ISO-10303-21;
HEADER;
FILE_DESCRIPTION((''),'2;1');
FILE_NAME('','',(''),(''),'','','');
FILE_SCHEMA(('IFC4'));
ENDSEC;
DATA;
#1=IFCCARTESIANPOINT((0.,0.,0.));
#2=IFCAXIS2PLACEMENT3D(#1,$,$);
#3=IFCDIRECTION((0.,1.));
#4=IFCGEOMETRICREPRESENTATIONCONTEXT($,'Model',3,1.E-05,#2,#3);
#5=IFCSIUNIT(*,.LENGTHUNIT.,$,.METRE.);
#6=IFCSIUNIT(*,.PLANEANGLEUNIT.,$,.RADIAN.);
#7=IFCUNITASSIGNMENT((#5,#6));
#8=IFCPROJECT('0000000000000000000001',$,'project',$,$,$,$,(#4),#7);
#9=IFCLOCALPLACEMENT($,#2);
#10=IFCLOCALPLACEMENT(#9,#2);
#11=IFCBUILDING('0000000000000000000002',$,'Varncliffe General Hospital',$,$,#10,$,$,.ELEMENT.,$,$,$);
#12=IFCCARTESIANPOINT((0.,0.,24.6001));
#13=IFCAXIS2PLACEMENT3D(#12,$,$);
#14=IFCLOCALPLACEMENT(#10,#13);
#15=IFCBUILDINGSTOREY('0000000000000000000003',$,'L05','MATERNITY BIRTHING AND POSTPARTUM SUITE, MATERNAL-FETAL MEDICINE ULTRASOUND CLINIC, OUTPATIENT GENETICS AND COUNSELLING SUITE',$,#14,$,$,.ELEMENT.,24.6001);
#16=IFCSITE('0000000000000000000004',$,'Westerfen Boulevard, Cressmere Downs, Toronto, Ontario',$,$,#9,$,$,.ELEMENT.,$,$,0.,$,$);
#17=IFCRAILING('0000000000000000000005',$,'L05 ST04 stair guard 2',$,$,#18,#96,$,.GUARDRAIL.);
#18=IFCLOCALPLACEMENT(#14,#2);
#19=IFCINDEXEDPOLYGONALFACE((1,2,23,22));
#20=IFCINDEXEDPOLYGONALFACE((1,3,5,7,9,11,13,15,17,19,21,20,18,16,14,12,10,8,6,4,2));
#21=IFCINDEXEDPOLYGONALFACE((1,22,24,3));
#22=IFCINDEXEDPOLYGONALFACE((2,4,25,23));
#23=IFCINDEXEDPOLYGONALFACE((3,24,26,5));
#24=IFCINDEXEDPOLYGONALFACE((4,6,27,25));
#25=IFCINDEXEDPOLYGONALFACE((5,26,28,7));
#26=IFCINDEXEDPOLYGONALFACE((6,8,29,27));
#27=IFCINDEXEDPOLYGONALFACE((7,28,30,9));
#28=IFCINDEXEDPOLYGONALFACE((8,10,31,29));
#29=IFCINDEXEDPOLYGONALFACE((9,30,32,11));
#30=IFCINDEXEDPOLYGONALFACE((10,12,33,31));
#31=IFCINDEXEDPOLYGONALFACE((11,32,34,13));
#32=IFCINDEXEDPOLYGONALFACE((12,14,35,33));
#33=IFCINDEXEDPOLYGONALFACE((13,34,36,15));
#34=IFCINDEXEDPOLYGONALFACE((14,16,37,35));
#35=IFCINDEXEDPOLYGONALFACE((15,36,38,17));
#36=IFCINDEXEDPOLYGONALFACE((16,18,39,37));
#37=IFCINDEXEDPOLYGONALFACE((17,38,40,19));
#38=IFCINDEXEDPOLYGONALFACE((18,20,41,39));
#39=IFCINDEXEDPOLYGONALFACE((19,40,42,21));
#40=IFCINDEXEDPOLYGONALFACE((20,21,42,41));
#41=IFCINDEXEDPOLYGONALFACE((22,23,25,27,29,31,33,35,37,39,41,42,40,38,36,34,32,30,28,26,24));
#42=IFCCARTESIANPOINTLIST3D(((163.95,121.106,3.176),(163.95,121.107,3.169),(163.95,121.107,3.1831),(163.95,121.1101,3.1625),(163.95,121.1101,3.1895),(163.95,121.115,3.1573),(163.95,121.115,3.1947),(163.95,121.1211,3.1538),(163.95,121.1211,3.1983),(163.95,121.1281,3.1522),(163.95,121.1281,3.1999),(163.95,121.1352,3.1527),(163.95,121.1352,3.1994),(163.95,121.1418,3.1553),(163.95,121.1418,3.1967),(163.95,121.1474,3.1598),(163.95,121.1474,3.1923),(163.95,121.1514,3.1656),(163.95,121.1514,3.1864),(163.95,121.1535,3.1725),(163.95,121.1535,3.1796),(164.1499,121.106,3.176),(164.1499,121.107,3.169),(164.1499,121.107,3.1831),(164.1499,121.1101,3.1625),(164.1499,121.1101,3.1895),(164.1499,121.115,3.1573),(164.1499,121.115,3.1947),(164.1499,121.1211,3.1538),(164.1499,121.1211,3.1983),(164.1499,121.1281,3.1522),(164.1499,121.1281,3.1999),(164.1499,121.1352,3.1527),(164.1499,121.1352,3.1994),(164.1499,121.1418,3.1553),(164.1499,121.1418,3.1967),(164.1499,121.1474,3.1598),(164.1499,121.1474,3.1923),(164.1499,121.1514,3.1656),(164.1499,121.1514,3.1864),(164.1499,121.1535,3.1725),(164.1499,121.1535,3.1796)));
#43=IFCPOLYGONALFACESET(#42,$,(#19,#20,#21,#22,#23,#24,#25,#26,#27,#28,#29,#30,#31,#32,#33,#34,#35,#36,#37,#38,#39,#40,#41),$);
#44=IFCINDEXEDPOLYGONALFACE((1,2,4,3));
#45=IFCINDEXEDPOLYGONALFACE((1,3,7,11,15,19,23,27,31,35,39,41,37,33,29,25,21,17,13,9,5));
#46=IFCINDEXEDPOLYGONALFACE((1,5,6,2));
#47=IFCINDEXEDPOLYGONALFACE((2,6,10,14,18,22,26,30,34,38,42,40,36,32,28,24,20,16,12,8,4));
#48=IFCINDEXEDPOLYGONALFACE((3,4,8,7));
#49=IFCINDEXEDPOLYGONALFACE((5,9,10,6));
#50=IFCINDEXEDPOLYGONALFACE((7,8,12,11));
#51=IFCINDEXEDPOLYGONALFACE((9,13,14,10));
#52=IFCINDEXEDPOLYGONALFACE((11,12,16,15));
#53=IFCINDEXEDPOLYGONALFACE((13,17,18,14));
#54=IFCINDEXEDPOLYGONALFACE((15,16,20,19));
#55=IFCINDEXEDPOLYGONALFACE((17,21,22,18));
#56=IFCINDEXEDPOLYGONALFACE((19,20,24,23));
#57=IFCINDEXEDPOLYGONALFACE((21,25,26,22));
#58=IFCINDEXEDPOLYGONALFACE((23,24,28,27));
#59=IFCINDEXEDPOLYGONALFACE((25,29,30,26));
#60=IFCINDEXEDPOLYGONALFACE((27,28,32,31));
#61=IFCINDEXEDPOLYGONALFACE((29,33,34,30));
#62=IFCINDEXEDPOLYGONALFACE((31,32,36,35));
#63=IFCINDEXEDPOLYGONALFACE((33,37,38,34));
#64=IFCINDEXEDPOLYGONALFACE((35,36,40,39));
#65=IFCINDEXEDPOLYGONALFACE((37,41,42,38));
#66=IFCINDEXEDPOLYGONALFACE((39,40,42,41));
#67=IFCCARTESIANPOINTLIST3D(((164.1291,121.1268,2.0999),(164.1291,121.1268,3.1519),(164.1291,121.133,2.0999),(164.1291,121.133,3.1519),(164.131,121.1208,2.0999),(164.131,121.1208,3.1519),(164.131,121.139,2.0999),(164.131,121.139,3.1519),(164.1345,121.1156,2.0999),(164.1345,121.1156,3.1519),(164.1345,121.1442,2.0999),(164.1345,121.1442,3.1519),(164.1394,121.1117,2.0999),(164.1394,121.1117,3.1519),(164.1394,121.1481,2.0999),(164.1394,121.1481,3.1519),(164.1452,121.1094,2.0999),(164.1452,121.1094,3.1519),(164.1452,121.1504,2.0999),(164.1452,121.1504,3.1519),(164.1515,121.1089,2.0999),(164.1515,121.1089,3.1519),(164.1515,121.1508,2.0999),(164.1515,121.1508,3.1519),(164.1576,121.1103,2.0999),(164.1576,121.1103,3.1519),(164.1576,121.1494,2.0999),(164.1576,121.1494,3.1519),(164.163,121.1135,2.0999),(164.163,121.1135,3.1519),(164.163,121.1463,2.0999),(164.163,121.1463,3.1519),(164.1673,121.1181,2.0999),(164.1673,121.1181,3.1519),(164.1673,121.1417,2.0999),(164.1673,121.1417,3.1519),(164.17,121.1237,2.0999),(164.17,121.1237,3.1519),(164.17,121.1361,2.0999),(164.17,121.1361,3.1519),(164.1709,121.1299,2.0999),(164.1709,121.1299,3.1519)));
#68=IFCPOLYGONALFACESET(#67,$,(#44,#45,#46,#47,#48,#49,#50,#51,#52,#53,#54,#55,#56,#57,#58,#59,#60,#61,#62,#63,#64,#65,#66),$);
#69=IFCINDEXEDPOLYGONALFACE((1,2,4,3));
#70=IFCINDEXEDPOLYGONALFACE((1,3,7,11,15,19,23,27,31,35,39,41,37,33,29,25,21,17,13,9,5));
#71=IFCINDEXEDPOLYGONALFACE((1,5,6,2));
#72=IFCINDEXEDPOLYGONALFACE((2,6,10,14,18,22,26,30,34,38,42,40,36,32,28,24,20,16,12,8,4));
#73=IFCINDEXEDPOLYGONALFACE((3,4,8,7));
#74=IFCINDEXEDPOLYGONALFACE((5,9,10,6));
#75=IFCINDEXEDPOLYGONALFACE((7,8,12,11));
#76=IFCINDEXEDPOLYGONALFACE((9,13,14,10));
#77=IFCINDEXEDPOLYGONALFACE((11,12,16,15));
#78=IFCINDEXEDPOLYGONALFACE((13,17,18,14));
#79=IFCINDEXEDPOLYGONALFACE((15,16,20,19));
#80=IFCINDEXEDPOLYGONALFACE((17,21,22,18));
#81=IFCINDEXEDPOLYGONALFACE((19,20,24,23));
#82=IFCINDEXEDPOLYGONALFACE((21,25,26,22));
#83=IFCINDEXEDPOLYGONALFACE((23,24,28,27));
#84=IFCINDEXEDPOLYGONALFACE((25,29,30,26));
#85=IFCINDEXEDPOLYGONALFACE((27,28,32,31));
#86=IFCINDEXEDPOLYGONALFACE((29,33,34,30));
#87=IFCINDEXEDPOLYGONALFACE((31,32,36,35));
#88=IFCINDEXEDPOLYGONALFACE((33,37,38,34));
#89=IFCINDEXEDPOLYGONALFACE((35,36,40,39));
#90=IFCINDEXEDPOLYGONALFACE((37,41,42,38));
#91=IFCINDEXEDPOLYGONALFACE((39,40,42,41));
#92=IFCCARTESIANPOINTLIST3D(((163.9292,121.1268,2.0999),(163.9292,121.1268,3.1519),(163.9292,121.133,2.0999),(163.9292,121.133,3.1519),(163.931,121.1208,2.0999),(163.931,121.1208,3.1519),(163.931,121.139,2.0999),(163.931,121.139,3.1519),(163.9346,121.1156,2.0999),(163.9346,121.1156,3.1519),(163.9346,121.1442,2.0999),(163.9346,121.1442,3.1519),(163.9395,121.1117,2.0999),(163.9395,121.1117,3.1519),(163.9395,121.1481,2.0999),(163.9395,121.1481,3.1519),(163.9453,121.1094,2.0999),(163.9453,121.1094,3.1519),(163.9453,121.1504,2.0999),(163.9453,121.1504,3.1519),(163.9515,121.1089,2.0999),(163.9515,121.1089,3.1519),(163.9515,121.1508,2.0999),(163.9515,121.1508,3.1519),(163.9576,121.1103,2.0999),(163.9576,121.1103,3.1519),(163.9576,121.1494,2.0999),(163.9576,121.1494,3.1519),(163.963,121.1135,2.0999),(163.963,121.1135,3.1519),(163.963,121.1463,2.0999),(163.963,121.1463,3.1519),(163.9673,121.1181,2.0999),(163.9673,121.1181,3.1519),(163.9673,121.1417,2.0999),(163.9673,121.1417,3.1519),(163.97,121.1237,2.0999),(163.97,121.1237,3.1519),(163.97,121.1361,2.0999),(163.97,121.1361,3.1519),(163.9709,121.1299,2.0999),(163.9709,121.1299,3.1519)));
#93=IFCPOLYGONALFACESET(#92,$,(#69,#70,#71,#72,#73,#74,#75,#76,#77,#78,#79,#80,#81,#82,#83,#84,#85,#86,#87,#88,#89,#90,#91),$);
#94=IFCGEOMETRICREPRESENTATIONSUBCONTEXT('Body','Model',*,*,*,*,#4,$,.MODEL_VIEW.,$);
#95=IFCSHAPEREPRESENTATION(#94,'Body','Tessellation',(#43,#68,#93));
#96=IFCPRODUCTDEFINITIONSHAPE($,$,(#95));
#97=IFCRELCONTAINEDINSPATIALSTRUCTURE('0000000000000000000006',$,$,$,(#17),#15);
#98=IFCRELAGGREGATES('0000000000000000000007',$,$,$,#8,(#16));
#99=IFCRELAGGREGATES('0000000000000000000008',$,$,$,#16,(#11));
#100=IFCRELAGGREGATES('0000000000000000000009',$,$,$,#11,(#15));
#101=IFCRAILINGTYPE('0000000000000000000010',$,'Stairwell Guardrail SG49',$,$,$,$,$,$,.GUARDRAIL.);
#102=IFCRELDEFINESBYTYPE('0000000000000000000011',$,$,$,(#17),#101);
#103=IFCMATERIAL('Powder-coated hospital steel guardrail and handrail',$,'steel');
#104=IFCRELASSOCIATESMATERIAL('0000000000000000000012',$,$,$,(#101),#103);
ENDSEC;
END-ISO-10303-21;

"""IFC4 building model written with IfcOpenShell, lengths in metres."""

from ifc_helpers import new_model, si_unit, direction, frame, origin, origin_2d, place, context, subcontext, project, spatial, circle, extrude, material, type_object, element, save


model = new_model("IFC4")

# Units and contexts
model_context = context("Model", 3, precision=1e-05, world=origin(), true_north=direction((0.0, 1.0)))
body_context = subcontext(model_context, "Body", "Model", "MODEL_VIEW")
ifc_project = project(units=[si_unit("LENGTHUNIT", "METRE"), si_unit("PLANEANGLEUNIT", "RADIAN")], contexts=[model_context])

# Site, building, storey
site_placement = place(None, origin())
site = spatial("IfcSite", under=ifc_project, at=site_placement, Name="Westerfen Boulevard, Cressmere Downs, Toronto, Ontario", CompositionType="ELEMENT", RefElevation=0.0)
building_placement = place(site_placement, origin())
building = spatial("IfcBuilding", under=site, at=building_placement, Name="Varncliffe General Hospital", CompositionType="ELEMENT")
storey_placement = place(building_placement, frame((0.0, 0.0, 24.6001)))
storey = spatial("IfcBuildingStorey", under=building, at=storey_placement, Name="L05", Description="MATERNITY BIRTHING AND POSTPARTUM SUITE, MATERNAL-FETAL MEDICINE ULTRASOUND CLINIC, OUTPATIENT GENETICS AND COUNSELLING SUITE", CompositionType="ELEMENT", Elevation=24.6001)

# Railing
ifc_material_1 = material(Name="Powder-coated hospital steel guardrail and handrail", Category="steel")
railing_type_1 = type_object("IfcRailingType", Name="Stairwell Guardrail SG49", PredefinedType="GUARDRAIL", material=ifc_material_1)
railing_1_placement = place(storey_placement, frame((164.1499, 121.1299, 2.0999)))
element("IfcRailing", 1, at=railing_1_placement, inside=storey, type_object=railing_type_1, Name="L05 ST04 stair guard 2", PredefinedType="GUARDRAIL", context=body_context, shape_type="SweptSolid", body=[
    extrude(circle(Radius=0.0239, at=origin_2d()), frame((0.0, 0.0, 1.0762), z_axis=(-1.0, 0.0, 0.0), x_axis=(0.0, -1.0, 0.0)), (0.0, 0.0, 1.0), 0.2),
    extrude(circle(Radius=0.021, at=origin_2d()), origin(), (0.0, 0.0, 1.0), 1.052),
    extrude(circle(Radius=0.021, at=origin_2d()), frame((-0.2, 0.0, 0.0)), (0.0, 0.0, 1.0), 1.052),
])

save(model, "model.ifc")
